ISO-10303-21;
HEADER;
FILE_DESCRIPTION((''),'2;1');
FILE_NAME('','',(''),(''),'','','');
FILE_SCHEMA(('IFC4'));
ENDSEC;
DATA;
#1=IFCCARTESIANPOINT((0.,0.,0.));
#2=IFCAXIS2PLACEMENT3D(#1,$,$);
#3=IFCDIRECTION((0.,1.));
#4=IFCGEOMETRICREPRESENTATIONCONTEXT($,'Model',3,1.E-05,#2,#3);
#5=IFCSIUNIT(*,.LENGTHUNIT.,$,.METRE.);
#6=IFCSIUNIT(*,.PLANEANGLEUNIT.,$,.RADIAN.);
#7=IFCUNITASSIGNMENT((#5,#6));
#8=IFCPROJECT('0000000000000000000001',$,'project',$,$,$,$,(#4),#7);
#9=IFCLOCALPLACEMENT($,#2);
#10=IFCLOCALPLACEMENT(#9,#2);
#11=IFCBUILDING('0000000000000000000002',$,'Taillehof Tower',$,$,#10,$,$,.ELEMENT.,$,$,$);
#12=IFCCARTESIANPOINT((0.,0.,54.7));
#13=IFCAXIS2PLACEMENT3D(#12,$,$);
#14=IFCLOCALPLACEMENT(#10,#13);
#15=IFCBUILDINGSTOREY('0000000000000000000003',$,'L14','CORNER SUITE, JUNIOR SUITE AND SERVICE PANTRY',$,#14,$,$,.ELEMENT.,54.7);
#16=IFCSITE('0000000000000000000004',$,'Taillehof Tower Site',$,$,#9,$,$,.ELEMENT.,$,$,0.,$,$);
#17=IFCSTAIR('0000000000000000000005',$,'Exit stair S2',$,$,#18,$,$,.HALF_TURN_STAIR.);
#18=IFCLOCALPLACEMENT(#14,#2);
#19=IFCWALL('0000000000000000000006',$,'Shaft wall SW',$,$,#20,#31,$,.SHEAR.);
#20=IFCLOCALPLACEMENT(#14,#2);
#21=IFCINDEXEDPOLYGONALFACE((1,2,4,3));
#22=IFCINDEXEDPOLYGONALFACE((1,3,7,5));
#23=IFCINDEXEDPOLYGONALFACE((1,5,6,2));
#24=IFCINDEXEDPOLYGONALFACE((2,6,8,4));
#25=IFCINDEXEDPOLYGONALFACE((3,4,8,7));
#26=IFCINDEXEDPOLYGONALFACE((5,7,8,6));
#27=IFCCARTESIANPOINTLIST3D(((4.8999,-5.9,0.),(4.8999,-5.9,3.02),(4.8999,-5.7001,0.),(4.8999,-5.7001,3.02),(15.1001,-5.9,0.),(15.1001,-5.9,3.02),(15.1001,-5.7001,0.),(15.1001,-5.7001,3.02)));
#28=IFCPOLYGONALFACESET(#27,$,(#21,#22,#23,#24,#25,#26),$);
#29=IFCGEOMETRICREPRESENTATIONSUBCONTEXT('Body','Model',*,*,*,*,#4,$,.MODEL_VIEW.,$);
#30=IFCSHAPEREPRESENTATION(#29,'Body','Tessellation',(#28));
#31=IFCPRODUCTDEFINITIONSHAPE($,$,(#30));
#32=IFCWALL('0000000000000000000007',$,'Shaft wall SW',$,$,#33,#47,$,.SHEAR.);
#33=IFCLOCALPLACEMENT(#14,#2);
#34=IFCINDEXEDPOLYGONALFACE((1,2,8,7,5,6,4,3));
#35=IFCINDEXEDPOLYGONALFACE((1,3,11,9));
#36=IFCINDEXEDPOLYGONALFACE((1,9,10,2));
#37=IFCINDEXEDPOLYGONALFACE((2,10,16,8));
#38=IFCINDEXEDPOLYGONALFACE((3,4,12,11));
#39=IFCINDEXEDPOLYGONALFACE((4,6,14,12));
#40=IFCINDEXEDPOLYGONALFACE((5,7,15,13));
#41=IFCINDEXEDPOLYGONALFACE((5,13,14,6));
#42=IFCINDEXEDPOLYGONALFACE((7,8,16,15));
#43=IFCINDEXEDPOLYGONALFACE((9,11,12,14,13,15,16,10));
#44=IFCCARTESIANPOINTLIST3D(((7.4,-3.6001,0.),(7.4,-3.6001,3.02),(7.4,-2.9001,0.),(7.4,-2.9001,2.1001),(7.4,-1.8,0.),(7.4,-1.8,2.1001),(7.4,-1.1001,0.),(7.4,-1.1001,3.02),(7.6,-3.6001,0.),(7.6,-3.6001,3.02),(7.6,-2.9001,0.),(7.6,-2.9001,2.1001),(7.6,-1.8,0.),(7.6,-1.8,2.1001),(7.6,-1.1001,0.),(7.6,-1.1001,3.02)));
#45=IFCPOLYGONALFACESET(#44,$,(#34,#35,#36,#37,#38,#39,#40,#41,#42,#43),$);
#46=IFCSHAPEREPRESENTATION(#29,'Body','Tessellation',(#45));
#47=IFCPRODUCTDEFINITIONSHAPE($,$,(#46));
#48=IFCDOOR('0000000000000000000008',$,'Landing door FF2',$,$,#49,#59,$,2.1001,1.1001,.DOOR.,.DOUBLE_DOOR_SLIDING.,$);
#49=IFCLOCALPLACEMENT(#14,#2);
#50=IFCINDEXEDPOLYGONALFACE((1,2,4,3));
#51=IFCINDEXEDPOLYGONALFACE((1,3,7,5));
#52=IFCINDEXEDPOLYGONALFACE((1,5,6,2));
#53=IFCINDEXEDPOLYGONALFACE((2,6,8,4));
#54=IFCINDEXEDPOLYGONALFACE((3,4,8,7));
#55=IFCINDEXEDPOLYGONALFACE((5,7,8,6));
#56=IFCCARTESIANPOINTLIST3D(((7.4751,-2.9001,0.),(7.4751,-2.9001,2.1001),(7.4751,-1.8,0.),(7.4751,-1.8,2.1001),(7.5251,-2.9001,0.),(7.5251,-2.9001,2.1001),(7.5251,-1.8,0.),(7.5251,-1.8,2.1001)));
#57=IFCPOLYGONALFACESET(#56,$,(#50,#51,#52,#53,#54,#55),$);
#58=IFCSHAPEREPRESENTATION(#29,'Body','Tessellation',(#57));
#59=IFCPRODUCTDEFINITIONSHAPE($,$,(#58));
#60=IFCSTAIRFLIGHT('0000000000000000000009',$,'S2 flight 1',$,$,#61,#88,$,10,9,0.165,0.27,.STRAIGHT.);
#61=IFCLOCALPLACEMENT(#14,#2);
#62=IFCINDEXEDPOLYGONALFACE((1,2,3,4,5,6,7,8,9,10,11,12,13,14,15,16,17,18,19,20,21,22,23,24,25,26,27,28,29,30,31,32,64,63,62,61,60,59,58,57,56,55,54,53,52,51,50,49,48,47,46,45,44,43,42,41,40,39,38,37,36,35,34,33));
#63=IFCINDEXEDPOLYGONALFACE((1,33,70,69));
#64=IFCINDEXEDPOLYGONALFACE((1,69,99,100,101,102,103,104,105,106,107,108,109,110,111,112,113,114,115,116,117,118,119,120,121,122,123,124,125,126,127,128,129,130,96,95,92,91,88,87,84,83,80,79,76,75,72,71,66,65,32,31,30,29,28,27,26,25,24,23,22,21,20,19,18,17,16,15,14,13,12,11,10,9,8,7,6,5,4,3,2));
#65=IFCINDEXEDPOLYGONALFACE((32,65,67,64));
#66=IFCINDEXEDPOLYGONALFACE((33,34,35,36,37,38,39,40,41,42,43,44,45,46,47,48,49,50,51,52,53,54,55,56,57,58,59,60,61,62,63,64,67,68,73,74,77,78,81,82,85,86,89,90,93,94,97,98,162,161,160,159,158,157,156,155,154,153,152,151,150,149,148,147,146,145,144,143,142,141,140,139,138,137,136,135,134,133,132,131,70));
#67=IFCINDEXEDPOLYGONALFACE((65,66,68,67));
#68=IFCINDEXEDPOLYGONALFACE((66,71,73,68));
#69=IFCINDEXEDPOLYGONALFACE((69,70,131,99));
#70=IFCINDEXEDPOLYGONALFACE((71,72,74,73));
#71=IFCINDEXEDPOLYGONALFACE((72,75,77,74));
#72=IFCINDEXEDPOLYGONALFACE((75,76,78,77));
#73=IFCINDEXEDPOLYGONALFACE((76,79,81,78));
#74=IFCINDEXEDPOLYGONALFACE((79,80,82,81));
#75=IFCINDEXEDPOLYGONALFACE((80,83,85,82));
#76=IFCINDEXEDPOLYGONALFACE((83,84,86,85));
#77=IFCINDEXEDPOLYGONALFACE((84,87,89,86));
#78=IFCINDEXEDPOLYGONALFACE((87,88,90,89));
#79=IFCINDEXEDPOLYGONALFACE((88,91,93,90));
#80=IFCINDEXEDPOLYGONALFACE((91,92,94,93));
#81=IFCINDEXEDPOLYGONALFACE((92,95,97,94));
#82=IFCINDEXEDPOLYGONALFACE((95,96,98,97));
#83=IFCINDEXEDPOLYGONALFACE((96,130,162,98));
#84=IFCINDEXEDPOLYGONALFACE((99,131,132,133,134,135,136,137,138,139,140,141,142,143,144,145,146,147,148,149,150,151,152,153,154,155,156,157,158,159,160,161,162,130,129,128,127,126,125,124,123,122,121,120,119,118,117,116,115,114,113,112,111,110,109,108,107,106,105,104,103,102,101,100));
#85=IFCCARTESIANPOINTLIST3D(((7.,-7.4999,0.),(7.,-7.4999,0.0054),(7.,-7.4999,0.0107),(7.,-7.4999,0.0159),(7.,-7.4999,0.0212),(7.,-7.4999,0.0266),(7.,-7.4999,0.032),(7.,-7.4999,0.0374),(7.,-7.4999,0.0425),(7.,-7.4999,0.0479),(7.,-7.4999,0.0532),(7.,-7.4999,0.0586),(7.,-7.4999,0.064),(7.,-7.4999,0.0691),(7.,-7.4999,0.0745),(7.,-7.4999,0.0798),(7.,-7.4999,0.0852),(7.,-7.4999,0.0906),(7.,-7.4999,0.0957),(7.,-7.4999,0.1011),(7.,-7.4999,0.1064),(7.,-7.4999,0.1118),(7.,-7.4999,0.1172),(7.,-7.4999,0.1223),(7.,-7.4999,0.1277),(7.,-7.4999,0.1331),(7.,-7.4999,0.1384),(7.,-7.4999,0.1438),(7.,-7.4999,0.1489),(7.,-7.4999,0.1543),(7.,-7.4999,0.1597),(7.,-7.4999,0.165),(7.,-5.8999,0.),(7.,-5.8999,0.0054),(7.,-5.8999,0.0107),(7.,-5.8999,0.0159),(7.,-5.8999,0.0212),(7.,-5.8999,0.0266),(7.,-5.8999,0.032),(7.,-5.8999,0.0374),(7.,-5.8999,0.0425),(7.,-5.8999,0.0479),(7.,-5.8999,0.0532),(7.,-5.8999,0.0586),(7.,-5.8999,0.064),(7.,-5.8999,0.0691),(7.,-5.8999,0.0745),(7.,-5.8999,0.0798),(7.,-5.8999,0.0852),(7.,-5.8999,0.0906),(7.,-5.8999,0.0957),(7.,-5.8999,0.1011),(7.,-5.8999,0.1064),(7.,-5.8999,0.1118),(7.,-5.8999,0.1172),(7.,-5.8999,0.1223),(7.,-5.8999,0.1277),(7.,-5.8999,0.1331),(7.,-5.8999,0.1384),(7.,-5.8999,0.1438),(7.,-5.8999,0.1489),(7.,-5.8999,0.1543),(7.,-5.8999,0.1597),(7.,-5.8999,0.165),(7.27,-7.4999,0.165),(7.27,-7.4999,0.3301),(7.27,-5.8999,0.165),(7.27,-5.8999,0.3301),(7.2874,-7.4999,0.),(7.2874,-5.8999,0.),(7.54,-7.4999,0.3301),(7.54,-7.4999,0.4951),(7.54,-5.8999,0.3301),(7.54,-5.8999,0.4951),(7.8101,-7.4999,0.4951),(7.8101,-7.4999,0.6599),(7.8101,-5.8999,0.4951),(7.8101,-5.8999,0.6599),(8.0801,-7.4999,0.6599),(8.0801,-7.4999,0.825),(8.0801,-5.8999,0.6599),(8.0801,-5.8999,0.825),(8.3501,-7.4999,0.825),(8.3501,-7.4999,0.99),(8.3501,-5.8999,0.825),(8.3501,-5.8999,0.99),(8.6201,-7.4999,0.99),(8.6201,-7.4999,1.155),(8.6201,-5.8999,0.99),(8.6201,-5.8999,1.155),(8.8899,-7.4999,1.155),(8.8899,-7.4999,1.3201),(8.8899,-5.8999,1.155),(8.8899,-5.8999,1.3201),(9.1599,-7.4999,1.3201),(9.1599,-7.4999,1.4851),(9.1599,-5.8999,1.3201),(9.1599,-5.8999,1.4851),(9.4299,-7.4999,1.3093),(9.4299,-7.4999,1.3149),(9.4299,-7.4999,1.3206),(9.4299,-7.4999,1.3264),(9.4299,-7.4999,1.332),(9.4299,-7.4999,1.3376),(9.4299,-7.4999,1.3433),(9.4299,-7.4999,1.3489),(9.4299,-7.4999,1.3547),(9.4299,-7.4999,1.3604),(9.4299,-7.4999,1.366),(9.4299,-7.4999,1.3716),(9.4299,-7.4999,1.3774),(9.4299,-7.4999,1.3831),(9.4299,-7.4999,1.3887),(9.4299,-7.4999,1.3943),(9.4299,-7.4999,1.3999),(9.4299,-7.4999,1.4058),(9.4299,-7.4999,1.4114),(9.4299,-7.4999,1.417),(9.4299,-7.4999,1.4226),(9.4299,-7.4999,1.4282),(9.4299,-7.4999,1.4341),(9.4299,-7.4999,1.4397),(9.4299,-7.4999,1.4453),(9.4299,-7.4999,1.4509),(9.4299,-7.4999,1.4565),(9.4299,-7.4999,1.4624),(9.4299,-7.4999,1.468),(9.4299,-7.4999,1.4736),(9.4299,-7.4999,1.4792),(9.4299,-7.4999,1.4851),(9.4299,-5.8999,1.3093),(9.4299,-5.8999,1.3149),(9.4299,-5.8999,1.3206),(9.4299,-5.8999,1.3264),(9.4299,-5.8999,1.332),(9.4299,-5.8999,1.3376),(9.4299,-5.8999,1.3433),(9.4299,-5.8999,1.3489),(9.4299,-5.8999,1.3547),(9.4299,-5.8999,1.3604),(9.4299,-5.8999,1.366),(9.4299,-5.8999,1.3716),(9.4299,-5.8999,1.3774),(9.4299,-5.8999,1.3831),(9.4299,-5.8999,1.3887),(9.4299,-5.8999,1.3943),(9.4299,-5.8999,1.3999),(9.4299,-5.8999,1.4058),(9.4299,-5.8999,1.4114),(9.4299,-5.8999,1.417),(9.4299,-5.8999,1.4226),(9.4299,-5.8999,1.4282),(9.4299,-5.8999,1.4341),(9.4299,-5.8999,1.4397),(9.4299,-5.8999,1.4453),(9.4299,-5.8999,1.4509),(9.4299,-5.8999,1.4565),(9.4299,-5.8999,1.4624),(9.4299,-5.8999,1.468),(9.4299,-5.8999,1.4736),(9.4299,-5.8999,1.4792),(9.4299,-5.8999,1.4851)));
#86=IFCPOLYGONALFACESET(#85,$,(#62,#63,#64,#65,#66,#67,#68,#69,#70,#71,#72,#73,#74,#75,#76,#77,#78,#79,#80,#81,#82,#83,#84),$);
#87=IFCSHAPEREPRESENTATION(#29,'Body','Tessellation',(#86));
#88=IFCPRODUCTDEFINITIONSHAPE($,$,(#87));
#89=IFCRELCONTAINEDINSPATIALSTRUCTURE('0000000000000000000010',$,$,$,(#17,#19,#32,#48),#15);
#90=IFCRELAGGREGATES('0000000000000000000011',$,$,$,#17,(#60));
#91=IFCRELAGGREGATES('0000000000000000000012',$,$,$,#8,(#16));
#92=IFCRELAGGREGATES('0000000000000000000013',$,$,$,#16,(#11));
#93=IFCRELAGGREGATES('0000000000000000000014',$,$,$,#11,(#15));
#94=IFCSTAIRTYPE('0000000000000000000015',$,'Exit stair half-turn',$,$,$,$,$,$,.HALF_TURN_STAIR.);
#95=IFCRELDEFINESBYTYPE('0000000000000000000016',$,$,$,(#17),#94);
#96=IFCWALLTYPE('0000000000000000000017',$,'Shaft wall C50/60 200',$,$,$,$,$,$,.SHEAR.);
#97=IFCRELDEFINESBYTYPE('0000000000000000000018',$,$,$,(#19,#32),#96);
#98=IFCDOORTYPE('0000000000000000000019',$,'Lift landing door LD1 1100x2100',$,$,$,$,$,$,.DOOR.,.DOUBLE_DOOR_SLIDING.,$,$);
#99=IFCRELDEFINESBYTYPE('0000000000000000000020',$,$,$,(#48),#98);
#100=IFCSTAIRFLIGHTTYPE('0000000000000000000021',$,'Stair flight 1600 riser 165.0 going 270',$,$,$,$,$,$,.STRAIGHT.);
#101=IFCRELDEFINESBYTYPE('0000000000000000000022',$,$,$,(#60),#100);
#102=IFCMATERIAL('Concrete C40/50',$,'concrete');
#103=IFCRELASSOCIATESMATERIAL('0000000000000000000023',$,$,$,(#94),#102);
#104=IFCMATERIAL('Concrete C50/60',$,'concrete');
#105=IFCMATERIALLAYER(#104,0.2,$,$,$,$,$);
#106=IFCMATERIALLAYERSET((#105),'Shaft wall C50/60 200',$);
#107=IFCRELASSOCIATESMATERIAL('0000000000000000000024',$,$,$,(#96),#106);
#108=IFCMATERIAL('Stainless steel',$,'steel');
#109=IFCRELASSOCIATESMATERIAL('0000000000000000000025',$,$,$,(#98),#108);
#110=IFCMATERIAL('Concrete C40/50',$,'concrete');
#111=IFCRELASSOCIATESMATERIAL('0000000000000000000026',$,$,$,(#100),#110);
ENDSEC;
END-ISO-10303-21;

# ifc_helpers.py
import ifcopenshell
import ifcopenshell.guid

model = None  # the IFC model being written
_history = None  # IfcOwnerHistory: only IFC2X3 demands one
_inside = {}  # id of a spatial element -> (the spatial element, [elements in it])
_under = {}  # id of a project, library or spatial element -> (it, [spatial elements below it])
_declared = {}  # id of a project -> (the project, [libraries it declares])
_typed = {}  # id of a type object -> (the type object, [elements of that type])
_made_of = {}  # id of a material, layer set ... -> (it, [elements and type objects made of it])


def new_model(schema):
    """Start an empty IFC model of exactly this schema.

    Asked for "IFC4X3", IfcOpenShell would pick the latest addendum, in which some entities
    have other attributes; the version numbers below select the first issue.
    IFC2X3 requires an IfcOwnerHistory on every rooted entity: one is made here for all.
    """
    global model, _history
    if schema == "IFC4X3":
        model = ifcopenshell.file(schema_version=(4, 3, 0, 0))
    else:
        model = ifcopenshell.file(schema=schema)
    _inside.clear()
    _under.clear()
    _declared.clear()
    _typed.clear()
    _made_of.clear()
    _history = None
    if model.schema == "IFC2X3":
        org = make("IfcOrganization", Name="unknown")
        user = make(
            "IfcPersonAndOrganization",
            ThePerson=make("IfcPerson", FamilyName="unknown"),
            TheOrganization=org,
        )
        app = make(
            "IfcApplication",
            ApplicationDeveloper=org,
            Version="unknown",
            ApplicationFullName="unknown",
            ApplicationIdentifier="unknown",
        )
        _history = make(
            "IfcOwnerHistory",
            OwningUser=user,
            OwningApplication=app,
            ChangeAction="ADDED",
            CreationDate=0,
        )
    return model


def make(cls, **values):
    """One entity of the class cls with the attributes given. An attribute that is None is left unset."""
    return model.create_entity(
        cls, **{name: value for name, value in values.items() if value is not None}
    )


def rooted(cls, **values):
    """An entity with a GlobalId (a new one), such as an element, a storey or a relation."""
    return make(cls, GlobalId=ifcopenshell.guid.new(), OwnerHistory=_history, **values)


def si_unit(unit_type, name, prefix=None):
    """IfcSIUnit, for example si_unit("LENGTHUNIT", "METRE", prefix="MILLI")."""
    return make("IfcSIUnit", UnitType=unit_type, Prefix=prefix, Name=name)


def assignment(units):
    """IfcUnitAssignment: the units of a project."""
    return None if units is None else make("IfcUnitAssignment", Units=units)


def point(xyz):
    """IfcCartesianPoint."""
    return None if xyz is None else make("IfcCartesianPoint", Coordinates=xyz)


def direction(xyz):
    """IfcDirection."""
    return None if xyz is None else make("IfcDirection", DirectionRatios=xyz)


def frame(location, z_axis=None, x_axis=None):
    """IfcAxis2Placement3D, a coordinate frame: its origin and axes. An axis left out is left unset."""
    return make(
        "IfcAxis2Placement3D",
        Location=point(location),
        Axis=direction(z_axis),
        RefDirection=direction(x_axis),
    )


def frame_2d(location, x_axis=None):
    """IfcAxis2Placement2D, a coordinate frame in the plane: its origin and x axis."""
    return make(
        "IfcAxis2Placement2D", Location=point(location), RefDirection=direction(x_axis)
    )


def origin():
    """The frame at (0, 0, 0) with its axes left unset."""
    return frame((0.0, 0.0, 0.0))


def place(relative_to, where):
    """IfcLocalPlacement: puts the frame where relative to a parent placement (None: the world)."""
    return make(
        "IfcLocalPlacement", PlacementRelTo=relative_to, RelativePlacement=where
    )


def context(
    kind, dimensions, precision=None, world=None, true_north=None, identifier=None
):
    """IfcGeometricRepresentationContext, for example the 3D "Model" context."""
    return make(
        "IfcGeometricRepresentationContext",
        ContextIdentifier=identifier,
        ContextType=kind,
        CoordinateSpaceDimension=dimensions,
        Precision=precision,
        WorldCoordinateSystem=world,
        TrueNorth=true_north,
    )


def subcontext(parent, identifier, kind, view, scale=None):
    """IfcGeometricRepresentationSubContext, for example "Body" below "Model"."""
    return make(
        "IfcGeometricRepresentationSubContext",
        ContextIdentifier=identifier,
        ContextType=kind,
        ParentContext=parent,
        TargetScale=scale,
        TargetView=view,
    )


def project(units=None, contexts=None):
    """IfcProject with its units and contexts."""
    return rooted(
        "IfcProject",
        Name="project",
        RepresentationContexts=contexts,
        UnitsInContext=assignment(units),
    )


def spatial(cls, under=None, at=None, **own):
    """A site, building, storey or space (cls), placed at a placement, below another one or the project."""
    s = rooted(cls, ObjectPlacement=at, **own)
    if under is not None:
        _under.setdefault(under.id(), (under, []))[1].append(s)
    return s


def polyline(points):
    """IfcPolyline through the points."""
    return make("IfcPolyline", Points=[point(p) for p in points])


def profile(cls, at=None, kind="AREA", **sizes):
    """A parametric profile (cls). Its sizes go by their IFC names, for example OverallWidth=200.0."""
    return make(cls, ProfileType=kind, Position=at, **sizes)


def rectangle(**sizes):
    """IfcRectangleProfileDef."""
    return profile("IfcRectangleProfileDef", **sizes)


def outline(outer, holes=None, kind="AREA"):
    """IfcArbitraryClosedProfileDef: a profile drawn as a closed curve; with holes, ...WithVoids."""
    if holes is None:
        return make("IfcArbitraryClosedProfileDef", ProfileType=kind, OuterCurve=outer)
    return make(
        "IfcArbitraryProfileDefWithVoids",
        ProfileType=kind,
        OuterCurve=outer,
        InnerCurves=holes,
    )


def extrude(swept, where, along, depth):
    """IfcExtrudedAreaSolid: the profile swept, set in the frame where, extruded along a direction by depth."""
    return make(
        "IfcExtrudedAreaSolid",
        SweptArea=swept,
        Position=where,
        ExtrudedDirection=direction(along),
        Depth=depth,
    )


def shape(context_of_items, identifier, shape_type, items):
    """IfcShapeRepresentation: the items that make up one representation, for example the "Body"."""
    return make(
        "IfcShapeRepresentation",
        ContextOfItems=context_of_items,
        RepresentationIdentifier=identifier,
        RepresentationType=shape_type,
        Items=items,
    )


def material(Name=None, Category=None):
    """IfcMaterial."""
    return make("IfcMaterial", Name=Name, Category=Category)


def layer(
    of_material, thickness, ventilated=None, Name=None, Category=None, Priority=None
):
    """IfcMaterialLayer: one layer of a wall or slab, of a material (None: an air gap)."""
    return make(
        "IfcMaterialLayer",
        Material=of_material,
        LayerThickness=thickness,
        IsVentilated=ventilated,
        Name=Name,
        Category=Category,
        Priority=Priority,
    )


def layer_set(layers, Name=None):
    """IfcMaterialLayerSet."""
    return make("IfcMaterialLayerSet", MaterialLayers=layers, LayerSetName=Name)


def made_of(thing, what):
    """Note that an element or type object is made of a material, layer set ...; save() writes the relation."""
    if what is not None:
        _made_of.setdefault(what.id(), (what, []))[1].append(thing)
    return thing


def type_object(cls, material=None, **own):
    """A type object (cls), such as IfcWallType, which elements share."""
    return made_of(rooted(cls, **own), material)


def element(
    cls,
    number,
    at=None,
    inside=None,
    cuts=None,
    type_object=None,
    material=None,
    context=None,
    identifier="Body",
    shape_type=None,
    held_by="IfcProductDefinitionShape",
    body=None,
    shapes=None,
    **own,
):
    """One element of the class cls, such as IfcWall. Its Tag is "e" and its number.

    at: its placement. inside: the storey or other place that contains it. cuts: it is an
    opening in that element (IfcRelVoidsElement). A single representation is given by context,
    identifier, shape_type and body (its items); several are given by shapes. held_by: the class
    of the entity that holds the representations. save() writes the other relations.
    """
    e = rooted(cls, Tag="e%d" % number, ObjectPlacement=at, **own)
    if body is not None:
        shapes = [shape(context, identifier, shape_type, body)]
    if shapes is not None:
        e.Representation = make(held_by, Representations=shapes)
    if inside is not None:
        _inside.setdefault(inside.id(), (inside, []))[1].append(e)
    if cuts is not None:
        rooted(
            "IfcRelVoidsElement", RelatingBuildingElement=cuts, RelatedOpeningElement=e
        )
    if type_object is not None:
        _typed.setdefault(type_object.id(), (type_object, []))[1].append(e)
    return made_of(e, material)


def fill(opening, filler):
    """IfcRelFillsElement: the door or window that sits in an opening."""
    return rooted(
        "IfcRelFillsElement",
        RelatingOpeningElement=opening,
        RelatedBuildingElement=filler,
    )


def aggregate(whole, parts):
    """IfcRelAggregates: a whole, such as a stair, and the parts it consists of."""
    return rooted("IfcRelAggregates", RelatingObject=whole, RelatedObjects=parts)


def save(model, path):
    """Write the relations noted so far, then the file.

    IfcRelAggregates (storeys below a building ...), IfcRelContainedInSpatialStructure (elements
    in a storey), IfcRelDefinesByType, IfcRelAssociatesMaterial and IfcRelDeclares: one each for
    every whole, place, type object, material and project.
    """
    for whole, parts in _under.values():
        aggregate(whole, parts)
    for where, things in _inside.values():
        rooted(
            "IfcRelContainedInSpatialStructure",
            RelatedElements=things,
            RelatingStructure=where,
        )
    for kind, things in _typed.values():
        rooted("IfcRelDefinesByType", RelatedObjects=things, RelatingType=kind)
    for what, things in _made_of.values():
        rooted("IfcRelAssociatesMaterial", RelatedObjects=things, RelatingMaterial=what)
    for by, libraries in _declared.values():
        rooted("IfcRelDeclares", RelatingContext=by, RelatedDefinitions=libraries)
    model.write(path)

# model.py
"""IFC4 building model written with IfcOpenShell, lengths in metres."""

from ifc_helpers import new_model, si_unit, direction, frame, frame_2d, origin, place, context, subcontext, project, spatial, polyline, rectangle, outline, extrude, material, layer, layer_set, type_object, element, fill, aggregate, save


model = new_model("IFC4")

# Units and contexts
model_context = context("Model", 3, precision=1e-05, world=origin(), true_north=direction((0.0, 1.0)))
body_context = subcontext(model_context, "Body", "Model", "MODEL_VIEW")
ifc_project = project(units=[si_unit("LENGTHUNIT", "METRE"), si_unit("PLANEANGLEUNIT", "RADIAN")], contexts=[model_context])

# Site, building, storey
site_placement = place(None, origin())
site = spatial("IfcSite", under=ifc_project, at=site_placement, Name="Taillehof Tower Site", CompositionType="ELEMENT", RefElevation=0.0)
building_placement = place(site_placement, origin())
building = spatial("IfcBuilding", under=site, at=building_placement, Name="Taillehof Tower", CompositionType="ELEMENT")
storey_placement = place(building_placement, frame((0.0, 0.0, 54.7)))
storey = spatial("IfcBuildingStorey", under=building, at=storey_placement, Name="L14", Description="CORNER SUITE, JUNIOR SUITE AND SERVICE PANTRY", CompositionType="ELEMENT", Elevation=54.7)

# Stair
ifc_material_1 = material(Name="Concrete C40/50", Category="concrete")
stair_type = type_object("IfcStairType", Name="Exit stair half-turn", PredefinedType="HALF_TURN_STAIR", material=ifc_material_1)
stair_1_placement = place(storey_placement, origin())
stair_1 = element("IfcStair", 1, at=stair_1_placement, inside=storey, type_object=stair_type, Name="Exit stair S2", PredefinedType="HALF_TURN_STAIR")

# Shared definitions
ifc_material_2 = material(Name="Concrete C50/60", Category="concrete")
ifc_layer_1 = layer(ifc_material_2, 0.2)
ifc_layer_set_1 = layer_set([ifc_layer_1], Name="Shaft wall C50/60 200")
wall_type_1 = type_object("IfcWallType", Name="Shaft wall C50/60 200", PredefinedType="SHEAR", material=ifc_layer_set_1)

# Shared definitions
ifc_material_3 = material(Name="Stainless steel", Category="steel")
door_type_1 = type_object("IfcDoorType", Name="Lift landing door LD1 1100x2100", OperationType="DOUBLE_DOOR_SLIDING", PredefinedType="DOOR", material=ifc_material_3)

# Wall
wall_1_placement = place(storey_placement, frame((4.8999, -5.8, 0.0), z_axis=(0.0, 0.0, 1.0), x_axis=(1.0, 0.0, 0.0)))
element("IfcWall", 2, at=wall_1_placement, inside=storey, type_object=wall_type_1, Name="Shaft wall SW", PredefinedType="SHEAR", context=body_context, shape_type="SweptSolid", body=[
    extrude(rectangle(XDim=10.2002, YDim=0.2, at=frame_2d((5.1001, 0.0))), origin(), (0.0, 0.0, 1.0), 3.02),
])

# Wall, opening, door
wall_2_placement = place(storey_placement, frame((7.5, -3.6001, 0.0), z_axis=(0.0, 0.0, 1.0), x_axis=(0.0, 1.0, 0.0)))
wall_2 = element("IfcWall", 3, at=wall_2_placement, inside=storey, type_object=wall_type_1, Name="Shaft wall SW", PredefinedType="SHEAR", context=body_context, shape_type="SweptSolid", body=[
    extrude(rectangle(XDim=2.5, YDim=0.2, at=frame_2d((1.25, 0.0))), origin(), (0.0, 0.0, 1.0), 3.02),
])
opening_1_placement = place(wall_2_placement, frame((0.7, 0.0, 0.0)))
opening_1 = element("IfcOpeningElement", 4, at=opening_1_placement, cuts=wall_2, PredefinedType="OPENING", context=body_context, shape_type="SweptSolid", body=[
    extrude(rectangle(XDim=1.1001, YDim=2.1001, at=frame_2d((0.55, 1.05))), frame((0.0, 0.1099, 0.0), z_axis=(0.0, -1.0, 0.0), x_axis=(1.0, 0.0, 0.0)), (0.0, 0.0, 1.0), 0.22),
])
door_1_placement = place(opening_1_placement, origin())
door_1 = element("IfcDoor", 5, at=door_1_placement, inside=storey, type_object=door_type_1, Name="Landing door FF2", OperationType="DOUBLE_DOOR_SLIDING", OverallHeight=2.1001, OverallWidth=1.1001, PredefinedType="DOOR", context=body_context, shape_type="SweptSolid", body=[
    extrude(rectangle(XDim=1.1001, YDim=2.1001, at=frame_2d((0.55, 1.05))), frame((0.0, 0.0249, 0.0), z_axis=(0.0, -1.0, 0.0), x_axis=(1.0, 0.0, 0.0)), (0.0, 0.0, 1.0), 0.05),
])
fill(opening_1, door_1)

# Stair flight
ifc_material_4 = material(Name="Concrete C40/50", Category="concrete")
stair_flight_type = type_object("IfcStairFlightType", Name="Stair flight 1600 riser 165.0 going 270", PredefinedType="STRAIGHT", material=ifc_material_4)
stair_flight_1_placement = place(storey_placement, frame((7.0, -6.7, 0.0), z_axis=(0.0, 0.0, 1.0), x_axis=(1.0, 0.0, 0.0)))
stair_flight_1 = element("IfcStairFlight", 6, at=stair_flight_1_placement, type_object=stair_flight_type, Name="S2 flight 1", NumberOfRisers=10, NumberOfTreads=9, PredefinedType="STRAIGHT", RiserHeight=0.165, TreadLength=0.27, context=body_context, shape_type="SweptSolid", body=[
    extrude(outline(polyline([(0.0, 0.0), (0.0, 0.0054), (0.0, 0.0107), (0.0, 0.0159), (0.0, 0.0212), (0.0, 0.0266), (0.0, 0.032), (0.0, 0.0374), (0.0, 0.0425), (0.0, 0.0479), (0.0, 0.0532), (0.0, 0.0586), (0.0, 0.064), (0.0, 0.0691), (0.0, 0.0745), (0.0, 0.0798), (0.0, 0.0852), (0.0, 0.0906), (0.0, 0.0957), (0.0, 0.1011), (0.0, 0.1064), (0.0, 0.1118), (0.0, 0.1172), (0.0, 0.1223), (0.0, 0.1277), (0.0, 0.1331), (0.0, 0.1384), (0.0, 0.1438), (0.0, 0.1489), (0.0, 0.1543), (0.0, 0.1597), (0.0, 0.165), (0.27, 0.165), (0.27, 0.3301), (0.54, 0.3301), (0.54, 0.4951), (0.8101, 0.4951), (0.8101, 0.6599), (1.0801, 0.6599), (1.0801, 0.825), (1.3501, 0.825), (1.3501, 0.99), (1.6201, 0.99), (1.6201, 1.155), (1.8899, 1.155), (1.8899, 1.3201), (2.1599, 1.3201), (2.1599, 1.4851), (2.4299, 1.4851), (2.4299, 1.4792), (2.4299, 1.4736), (2.4299, 1.468), (2.4299, 1.4624), (2.4299, 1.4565), (2.4299, 1.4509), (2.4299, 1.4453), (2.4299, 1.4397), (2.4299, 1.4341), (2.4299, 1.4282), (2.4299, 1.4226), (2.4299, 1.417), (2.4299, 1.4114), (2.4299, 1.4058), (2.4299, 1.3999), (2.4299, 1.3943), (2.4299, 1.3887), (2.4299, 1.3831), (2.4299, 1.3774), (2.4299, 1.3716), (2.4299, 1.366), (2.4299, 1.3604), (2.4299, 1.3547), (2.4299, 1.3489), (2.4299, 1.3433), (2.4299, 1.3376), (2.4299, 1.332), (2.4299, 1.3264), (2.4299, 1.3206), (2.4299, 1.3149), (2.4299, 1.3093), (0.2874, 0.0), (0.0, 0.0)])), frame((0.0, 0.8, 0.0), z_axis=(0.0, -1.0, 0.0), x_axis=(1.0, 0.0, 0.0)), (0.0, 0.0, 1.0), 1.6),
])
aggregate(stair_1, [stair_flight_1])

save(model, "model.ifc")
